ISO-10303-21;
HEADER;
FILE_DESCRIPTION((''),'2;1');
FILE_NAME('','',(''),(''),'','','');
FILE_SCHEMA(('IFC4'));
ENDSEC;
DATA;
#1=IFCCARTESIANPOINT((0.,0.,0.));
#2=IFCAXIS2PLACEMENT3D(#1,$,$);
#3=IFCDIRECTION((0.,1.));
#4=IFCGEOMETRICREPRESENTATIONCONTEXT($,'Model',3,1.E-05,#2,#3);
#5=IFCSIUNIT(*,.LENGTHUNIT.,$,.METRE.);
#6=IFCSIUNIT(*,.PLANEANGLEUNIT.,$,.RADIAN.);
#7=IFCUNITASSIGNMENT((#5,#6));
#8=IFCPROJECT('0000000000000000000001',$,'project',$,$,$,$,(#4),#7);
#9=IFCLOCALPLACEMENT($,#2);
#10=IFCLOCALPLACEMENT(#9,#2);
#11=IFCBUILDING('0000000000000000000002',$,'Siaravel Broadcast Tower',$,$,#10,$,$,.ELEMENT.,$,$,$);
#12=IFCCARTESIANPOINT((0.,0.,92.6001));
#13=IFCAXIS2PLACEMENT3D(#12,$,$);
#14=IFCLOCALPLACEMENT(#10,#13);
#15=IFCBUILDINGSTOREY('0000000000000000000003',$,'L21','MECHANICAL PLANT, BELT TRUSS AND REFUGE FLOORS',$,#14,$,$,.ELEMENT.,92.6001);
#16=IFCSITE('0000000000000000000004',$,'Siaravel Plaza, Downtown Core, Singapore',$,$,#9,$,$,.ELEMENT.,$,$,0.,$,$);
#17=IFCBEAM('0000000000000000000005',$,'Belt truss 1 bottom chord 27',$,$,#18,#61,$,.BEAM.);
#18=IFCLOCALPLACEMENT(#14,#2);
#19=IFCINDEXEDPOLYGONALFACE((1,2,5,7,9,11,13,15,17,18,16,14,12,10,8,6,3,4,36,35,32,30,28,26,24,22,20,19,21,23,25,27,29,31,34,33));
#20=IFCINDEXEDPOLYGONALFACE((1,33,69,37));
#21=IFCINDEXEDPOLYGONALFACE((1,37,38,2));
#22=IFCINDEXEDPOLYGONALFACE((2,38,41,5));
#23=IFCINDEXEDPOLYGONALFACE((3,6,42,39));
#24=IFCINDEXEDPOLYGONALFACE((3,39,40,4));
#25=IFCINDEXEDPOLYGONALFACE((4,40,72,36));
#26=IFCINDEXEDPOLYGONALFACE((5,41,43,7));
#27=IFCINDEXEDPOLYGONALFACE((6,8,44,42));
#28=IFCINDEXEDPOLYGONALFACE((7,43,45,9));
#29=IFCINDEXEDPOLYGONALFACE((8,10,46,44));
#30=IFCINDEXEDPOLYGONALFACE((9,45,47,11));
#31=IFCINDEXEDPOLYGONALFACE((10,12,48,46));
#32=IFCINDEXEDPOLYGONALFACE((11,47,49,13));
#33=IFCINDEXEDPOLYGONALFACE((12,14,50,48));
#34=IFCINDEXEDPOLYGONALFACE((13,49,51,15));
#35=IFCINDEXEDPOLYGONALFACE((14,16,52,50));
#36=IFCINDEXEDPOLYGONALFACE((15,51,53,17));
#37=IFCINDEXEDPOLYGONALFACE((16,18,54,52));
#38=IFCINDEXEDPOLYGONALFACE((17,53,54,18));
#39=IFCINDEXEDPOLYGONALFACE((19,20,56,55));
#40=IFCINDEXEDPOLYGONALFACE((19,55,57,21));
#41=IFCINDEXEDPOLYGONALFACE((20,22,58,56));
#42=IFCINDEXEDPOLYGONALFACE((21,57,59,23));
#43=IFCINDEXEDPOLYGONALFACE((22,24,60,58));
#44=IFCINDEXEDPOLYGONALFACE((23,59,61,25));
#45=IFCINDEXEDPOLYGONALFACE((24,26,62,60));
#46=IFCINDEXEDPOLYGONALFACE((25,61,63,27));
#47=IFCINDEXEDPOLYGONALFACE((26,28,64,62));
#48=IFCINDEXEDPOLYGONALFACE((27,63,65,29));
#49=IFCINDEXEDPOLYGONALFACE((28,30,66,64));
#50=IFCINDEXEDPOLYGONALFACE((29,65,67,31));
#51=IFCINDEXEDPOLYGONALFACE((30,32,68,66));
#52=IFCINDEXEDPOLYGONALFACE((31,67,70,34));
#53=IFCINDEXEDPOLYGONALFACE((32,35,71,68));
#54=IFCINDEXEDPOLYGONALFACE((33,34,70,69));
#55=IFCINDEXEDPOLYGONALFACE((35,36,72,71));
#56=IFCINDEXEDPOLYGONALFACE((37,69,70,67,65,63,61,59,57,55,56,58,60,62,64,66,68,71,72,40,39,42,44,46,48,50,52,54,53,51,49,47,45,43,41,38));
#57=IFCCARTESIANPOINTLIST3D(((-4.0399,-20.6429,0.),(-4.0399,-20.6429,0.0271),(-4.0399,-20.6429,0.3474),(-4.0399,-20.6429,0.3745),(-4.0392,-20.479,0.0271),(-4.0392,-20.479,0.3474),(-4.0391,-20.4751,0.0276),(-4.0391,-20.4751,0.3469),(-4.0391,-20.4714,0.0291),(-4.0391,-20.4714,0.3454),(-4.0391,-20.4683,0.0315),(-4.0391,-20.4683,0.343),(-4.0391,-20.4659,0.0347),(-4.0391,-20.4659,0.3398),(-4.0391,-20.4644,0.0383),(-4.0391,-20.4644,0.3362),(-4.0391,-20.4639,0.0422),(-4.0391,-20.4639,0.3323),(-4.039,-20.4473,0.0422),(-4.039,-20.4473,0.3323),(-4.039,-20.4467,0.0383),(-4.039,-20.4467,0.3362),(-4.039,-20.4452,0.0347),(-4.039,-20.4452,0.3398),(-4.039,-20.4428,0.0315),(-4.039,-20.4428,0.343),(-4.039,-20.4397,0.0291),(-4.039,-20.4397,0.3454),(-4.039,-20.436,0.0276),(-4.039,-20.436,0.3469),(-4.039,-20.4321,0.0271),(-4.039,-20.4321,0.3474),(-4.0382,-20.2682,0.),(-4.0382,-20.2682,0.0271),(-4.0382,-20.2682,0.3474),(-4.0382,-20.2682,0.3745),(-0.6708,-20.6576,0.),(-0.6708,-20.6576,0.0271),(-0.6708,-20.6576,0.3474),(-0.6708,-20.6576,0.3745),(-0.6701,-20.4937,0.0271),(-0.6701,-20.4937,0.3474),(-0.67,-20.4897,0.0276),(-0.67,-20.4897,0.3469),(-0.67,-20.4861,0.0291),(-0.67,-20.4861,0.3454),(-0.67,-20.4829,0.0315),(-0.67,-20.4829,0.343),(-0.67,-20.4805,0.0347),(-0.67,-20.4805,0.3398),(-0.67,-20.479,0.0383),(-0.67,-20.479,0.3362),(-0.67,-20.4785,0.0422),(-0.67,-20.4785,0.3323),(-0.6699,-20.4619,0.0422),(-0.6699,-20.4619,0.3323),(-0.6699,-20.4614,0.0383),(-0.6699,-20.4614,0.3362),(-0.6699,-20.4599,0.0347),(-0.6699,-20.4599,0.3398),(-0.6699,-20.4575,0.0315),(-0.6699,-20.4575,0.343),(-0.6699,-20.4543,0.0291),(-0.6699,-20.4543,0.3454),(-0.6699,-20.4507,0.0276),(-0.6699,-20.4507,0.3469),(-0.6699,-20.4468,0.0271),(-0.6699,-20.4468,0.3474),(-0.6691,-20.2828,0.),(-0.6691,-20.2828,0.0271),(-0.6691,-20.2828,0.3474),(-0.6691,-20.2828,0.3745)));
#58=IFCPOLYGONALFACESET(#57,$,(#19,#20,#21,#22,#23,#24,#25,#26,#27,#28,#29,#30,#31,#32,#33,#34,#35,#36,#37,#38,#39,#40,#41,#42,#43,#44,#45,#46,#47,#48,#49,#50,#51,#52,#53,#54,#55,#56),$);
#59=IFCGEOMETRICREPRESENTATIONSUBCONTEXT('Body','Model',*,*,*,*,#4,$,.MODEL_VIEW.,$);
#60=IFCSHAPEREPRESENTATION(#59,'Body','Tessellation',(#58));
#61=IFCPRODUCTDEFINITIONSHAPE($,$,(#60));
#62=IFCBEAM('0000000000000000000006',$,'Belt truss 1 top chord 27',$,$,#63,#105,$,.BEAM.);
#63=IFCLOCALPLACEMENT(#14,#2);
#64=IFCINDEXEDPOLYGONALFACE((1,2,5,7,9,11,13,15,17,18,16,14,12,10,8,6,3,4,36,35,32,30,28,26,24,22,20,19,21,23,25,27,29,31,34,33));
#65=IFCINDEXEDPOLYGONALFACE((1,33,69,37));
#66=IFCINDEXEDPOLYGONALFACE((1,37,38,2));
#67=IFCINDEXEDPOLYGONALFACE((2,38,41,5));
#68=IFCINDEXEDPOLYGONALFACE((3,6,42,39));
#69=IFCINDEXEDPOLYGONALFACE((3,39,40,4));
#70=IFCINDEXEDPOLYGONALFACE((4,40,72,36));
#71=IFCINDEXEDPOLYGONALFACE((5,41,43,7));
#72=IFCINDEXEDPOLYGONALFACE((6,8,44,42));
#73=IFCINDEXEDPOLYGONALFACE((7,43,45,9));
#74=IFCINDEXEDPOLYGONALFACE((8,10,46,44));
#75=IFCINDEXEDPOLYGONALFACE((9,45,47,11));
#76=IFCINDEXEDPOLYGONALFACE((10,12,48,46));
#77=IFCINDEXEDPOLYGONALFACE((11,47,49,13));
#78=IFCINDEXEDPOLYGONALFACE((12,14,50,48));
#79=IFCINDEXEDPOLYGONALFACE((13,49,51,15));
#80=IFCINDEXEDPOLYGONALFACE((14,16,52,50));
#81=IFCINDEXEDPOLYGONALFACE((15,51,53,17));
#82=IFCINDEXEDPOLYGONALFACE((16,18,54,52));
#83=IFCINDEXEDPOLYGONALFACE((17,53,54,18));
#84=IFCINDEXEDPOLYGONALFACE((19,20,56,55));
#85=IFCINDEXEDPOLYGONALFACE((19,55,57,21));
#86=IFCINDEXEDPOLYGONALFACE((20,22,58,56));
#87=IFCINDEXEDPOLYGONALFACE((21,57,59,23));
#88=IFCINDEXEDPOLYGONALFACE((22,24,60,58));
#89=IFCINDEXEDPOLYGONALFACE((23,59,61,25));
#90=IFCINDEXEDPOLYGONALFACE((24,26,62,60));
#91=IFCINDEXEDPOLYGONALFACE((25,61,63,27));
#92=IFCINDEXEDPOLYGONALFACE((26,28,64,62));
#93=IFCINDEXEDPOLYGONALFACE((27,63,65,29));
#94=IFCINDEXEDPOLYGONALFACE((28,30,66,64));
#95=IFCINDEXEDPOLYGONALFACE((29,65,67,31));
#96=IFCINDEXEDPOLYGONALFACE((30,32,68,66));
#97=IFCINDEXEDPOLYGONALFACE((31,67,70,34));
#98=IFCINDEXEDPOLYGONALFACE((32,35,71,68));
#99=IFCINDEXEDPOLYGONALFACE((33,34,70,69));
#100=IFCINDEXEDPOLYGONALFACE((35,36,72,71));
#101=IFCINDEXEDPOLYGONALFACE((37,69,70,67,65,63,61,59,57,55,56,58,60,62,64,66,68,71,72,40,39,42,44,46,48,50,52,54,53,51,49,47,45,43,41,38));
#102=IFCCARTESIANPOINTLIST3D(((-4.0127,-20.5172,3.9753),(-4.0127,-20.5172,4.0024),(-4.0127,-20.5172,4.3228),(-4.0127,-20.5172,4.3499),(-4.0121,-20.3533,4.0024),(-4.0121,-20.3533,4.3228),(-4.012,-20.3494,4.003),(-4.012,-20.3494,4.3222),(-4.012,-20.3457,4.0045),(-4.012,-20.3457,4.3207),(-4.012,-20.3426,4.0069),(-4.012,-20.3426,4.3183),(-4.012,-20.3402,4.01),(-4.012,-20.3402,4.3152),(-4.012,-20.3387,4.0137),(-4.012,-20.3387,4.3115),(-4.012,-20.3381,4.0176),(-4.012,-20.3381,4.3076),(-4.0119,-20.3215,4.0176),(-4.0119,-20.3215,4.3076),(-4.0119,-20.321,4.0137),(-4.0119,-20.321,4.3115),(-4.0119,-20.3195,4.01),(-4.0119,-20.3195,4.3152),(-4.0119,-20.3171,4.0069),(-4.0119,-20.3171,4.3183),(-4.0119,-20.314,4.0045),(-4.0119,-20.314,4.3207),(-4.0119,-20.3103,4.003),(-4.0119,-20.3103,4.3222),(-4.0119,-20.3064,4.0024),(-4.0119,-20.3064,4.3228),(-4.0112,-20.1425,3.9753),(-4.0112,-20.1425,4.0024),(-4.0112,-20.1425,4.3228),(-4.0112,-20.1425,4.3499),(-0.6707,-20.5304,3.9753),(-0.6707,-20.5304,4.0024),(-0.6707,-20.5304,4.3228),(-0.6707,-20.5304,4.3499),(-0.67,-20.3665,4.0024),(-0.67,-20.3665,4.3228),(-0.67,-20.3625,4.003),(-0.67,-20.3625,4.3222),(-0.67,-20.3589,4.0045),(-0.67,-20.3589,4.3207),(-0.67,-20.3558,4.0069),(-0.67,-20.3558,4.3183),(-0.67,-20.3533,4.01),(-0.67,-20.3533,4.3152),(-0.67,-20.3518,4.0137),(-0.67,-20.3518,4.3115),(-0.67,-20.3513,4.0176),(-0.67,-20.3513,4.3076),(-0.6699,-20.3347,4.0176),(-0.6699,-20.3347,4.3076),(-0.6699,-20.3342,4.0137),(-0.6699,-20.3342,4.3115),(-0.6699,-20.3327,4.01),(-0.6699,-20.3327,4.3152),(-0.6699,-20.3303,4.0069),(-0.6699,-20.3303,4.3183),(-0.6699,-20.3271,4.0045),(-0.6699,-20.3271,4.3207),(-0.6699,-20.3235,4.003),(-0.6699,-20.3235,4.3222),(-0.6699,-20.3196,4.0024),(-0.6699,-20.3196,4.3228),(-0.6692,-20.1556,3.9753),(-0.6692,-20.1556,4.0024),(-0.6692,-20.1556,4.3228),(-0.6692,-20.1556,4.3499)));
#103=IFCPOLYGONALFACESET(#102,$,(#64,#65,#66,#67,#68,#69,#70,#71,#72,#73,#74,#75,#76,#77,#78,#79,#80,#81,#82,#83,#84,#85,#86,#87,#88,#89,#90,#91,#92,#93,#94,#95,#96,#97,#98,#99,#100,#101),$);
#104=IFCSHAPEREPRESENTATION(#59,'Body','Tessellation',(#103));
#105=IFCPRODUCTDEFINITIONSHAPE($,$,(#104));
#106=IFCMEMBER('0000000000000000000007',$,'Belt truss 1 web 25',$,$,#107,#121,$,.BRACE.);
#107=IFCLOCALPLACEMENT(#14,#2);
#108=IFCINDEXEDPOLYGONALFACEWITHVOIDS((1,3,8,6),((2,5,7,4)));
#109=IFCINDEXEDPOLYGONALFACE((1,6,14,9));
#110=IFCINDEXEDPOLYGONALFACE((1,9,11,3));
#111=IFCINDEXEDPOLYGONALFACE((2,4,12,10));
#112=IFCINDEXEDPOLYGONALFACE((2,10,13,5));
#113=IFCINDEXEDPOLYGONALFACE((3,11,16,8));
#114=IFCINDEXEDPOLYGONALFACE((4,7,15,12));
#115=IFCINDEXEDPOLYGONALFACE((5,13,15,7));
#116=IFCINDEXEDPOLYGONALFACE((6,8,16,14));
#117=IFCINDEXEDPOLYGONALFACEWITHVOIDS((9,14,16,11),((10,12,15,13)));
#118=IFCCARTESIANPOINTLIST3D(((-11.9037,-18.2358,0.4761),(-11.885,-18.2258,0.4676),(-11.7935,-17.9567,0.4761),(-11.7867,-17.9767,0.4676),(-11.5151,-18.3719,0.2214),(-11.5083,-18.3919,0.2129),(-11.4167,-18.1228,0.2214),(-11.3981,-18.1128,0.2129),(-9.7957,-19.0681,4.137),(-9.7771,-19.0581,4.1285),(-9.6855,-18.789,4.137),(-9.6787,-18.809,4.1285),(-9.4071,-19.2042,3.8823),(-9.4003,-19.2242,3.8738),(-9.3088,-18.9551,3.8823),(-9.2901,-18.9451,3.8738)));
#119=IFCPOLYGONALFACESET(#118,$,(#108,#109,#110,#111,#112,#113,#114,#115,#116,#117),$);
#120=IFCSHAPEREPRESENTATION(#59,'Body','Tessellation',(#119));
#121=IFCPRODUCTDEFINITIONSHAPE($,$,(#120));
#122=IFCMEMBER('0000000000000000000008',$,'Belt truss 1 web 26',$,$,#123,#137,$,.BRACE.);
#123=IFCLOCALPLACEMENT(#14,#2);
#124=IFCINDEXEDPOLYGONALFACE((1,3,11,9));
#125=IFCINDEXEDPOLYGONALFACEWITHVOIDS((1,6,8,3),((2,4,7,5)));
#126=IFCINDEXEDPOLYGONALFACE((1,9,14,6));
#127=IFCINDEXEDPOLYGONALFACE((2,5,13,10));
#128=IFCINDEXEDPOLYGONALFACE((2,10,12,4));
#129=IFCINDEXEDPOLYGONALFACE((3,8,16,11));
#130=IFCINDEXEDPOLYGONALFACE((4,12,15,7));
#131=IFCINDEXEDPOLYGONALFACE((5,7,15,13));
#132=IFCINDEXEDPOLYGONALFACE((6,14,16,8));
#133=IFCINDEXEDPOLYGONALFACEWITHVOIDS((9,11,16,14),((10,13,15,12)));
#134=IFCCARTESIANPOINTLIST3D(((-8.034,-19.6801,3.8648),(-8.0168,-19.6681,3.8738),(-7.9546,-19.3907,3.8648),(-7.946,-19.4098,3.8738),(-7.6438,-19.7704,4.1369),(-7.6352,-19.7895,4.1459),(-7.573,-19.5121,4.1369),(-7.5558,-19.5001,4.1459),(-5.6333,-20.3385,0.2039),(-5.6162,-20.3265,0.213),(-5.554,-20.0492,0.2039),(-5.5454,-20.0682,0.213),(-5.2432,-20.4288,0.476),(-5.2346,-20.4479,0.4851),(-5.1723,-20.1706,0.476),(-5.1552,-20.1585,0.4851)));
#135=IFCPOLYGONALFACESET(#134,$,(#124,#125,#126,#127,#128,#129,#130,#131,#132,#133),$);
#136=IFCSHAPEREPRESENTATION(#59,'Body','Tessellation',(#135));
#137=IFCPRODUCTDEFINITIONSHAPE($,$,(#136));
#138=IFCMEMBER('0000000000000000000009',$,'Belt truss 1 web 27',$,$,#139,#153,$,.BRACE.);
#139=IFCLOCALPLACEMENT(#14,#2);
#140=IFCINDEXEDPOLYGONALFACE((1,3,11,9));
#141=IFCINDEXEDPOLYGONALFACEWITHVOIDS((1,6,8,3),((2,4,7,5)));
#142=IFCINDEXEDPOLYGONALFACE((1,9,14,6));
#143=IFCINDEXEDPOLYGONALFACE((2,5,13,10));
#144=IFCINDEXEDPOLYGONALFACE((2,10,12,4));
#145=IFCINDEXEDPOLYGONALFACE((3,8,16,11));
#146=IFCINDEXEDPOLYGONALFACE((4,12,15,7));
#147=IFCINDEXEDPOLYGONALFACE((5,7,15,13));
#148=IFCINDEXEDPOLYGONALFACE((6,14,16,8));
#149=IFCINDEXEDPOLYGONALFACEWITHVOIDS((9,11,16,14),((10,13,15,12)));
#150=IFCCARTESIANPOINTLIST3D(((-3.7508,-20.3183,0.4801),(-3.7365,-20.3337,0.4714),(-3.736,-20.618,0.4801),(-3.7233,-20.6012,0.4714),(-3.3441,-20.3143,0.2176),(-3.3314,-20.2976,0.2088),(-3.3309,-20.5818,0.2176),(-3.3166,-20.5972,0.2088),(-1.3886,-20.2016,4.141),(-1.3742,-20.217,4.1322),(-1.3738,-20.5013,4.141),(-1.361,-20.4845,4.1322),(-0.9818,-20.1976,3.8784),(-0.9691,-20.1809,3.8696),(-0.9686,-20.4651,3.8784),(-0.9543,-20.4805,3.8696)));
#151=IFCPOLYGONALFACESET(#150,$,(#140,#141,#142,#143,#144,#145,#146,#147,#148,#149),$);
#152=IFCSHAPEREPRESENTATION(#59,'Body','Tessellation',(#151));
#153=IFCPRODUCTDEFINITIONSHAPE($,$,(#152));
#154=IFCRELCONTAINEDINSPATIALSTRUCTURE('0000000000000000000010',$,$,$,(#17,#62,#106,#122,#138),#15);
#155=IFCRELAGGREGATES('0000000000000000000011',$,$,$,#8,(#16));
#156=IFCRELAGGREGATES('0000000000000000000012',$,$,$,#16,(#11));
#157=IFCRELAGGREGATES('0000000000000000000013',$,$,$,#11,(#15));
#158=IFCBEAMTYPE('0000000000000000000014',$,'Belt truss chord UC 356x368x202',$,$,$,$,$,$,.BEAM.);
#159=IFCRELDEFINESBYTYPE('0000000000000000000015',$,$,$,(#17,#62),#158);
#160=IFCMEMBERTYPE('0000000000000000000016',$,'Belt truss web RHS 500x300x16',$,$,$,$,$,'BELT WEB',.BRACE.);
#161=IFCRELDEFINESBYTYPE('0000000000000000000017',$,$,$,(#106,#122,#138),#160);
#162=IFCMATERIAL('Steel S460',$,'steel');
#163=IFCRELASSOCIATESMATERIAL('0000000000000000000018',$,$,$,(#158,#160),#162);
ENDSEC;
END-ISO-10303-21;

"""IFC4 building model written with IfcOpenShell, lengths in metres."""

from ifc_helpers import new_model, si_unit, direction, frame, origin, origin_2d, place, context, subcontext, project, spatial, hollow_rectangle, i_section, extrude, material, material_profile, profile_set, type_object, element, save


model = new_model("IFC4")

# Units and contexts
model_context = context("Model", 3, precision=1e-05, world=origin(), true_north=direction((0.0, 1.0)))
body_context = subcontext(model_context, "Body", "Model", "MODEL_VIEW")
ifc_project = project(units=[si_unit("LENGTHUNIT", "METRE"), si_unit("PLANEANGLEUNIT", "RADIAN")], contexts=[model_context])

# Site, building, storey
site_placement = place(None, origin())
site = spatial("IfcSite", under=ifc_project, at=site_placement, Name="Siaravel Plaza, Downtown Core, Singapore", CompositionType="ELEMENT", RefElevation=0.0)
building_placement = place(site_placement, origin())
building = spatial("IfcBuilding", under=site, at=building_placement, Name="Siaravel Broadcast Tower", CompositionType="ELEMENT")
storey_placement = place(building_placement, frame((0.0, 0.0, 92.6001)))
storey = spatial("IfcBuildingStorey", under=building, at=storey_placement, Name="L21", Description="MECHANICAL PLANT, BELT TRUSS AND REFUGE FLOORS", CompositionType="ELEMENT", Elevation=92.6001)

# Beams
ifc_material_1 = material(Name="Steel S460", Category="steel")
ifc_material_profile_1 = material_profile(ifc_material_1, i_section(OverallWidth=0.3748, OverallDepth=0.3745, WebThickness=0.0166, FlangeThickness=0.0271, FilletRadius=0.0151, at=origin_2d()))
ifc_profile_set_1 = profile_set([ifc_material_profile_1], Name="Steel S460")
beam_type_1 = type_object("IfcBeamType", Name="Belt truss chord UC 356x368x202", PredefinedType="BEAM", material=ifc_profile_set_1)
beam_1_placement = place(storey_placement, frame((-4.0391, -20.4556, 0.1873), z_axis=(0.999991, -0.004348, 0.0), x_axis=(0.004348, 0.999991, 0.0)))
element("IfcBeam", 1, at=beam_1_placement, inside=storey, type_object=beam_type_1, Name="Belt truss 1 bottom chord 27", PredefinedType="BEAM", context=body_context, shape_type="SweptSolid", body=[
    extrude(i_section(OverallWidth=0.3748, OverallDepth=0.3745, WebThickness=0.0166, FlangeThickness=0.0271, FilletRadius=0.0151, at=origin_2d()), origin(), (0.0, 0.0, 1.0), 3.3691),
])
beam_2_placement = place(storey_placement, frame((-4.012, -20.3298, 4.1626), z_axis=(0.999992, -0.003945, 0.0), x_axis=(0.003945, 0.999992, 0.0)))
element("IfcBeam", 2, at=beam_2_placement, inside=storey, type_object=beam_type_1, Name="Belt truss 1 top chord 27", PredefinedType="BEAM", context=body_context, shape_type="SweptSolid", body=[
    extrude(i_section(OverallWidth=0.3748, OverallDepth=0.3745, WebThickness=0.0166, FlangeThickness=0.0271, FilletRadius=0.0151, at=origin_2d()), origin(), (0.0, 0.0, 1.0), 3.342),
])

# Members
ifc_material_profile_2 = material_profile(ifc_material_1, hollow_rectangle(XDim=0.3, YDim=0.5, WallThickness=0.0161, at=origin_2d()))
ifc_profile_set_2 = profile_set([ifc_material_profile_2], Name="Steel S460")
member_type_1 = type_object("IfcMemberType", Name="Belt truss web RHS 500x300x16", ElementType="BELT WEB", PredefinedType="BRACE", material=ifc_profile_set_2)
member_1_placement = place(storey_placement, frame((-11.6509, -18.1743, 0.3445), z_axis=(0.489576, -0.193301, 0.850265), x_axis=(0.367245, 0.930124, 0.0)))
element("IfcMember", 3, at=member_1_placement, inside=storey, type_object=member_type_1, Name="Belt truss 1 web 25", PredefinedType="BRACE", context=body_context, shape_type="SweptSolid", body=[
    extrude(hollow_rectangle(XDim=0.3, YDim=0.5, WallThickness=0.0161, at=origin_2d()), origin(), (0.0, 0.0, 1.0), 4.3057),
])
member_2_placement = place(storey_placement, frame((-5.3943, -20.2485, 0.3445), z_axis=(-0.542266, 0.148733, 0.826938), x_axis=(-0.264511, -0.964383, 0.0)))
element("IfcMember", 4, at=member_2_placement, inside=storey, type_object=member_type_1, Name="Belt truss 1 web 26", PredefinedType="BRACE", context=body_context, shape_type="SweptSolid", body=[
    extrude(hollow_rectangle(XDim=0.3, YDim=0.5, WallThickness=0.0161, at=origin_2d()), origin(), (0.0, 0.0, 1.0), 4.427),
])
member_3_placement = place(storey_placement, frame((-3.5337, -20.4578, 0.3445), z_axis=(0.542004, 0.026775, 0.839949), x_axis=(-0.04934, 0.998782, 0.0)))
element("IfcMember", 5, at=member_3_placement, inside=storey, type_object=member_type_1, Name="Belt truss 1 web 27", PredefinedType="BRACE", context=body_context, shape_type="SweptSolid", body=[
    extrude(hollow_rectangle(XDim=0.3, YDim=0.5, WallThickness=0.0161, at=origin_2d()), origin(), (0.0, 0.0, 1.0), 4.3584),
])

save(model, "model.ifc")
